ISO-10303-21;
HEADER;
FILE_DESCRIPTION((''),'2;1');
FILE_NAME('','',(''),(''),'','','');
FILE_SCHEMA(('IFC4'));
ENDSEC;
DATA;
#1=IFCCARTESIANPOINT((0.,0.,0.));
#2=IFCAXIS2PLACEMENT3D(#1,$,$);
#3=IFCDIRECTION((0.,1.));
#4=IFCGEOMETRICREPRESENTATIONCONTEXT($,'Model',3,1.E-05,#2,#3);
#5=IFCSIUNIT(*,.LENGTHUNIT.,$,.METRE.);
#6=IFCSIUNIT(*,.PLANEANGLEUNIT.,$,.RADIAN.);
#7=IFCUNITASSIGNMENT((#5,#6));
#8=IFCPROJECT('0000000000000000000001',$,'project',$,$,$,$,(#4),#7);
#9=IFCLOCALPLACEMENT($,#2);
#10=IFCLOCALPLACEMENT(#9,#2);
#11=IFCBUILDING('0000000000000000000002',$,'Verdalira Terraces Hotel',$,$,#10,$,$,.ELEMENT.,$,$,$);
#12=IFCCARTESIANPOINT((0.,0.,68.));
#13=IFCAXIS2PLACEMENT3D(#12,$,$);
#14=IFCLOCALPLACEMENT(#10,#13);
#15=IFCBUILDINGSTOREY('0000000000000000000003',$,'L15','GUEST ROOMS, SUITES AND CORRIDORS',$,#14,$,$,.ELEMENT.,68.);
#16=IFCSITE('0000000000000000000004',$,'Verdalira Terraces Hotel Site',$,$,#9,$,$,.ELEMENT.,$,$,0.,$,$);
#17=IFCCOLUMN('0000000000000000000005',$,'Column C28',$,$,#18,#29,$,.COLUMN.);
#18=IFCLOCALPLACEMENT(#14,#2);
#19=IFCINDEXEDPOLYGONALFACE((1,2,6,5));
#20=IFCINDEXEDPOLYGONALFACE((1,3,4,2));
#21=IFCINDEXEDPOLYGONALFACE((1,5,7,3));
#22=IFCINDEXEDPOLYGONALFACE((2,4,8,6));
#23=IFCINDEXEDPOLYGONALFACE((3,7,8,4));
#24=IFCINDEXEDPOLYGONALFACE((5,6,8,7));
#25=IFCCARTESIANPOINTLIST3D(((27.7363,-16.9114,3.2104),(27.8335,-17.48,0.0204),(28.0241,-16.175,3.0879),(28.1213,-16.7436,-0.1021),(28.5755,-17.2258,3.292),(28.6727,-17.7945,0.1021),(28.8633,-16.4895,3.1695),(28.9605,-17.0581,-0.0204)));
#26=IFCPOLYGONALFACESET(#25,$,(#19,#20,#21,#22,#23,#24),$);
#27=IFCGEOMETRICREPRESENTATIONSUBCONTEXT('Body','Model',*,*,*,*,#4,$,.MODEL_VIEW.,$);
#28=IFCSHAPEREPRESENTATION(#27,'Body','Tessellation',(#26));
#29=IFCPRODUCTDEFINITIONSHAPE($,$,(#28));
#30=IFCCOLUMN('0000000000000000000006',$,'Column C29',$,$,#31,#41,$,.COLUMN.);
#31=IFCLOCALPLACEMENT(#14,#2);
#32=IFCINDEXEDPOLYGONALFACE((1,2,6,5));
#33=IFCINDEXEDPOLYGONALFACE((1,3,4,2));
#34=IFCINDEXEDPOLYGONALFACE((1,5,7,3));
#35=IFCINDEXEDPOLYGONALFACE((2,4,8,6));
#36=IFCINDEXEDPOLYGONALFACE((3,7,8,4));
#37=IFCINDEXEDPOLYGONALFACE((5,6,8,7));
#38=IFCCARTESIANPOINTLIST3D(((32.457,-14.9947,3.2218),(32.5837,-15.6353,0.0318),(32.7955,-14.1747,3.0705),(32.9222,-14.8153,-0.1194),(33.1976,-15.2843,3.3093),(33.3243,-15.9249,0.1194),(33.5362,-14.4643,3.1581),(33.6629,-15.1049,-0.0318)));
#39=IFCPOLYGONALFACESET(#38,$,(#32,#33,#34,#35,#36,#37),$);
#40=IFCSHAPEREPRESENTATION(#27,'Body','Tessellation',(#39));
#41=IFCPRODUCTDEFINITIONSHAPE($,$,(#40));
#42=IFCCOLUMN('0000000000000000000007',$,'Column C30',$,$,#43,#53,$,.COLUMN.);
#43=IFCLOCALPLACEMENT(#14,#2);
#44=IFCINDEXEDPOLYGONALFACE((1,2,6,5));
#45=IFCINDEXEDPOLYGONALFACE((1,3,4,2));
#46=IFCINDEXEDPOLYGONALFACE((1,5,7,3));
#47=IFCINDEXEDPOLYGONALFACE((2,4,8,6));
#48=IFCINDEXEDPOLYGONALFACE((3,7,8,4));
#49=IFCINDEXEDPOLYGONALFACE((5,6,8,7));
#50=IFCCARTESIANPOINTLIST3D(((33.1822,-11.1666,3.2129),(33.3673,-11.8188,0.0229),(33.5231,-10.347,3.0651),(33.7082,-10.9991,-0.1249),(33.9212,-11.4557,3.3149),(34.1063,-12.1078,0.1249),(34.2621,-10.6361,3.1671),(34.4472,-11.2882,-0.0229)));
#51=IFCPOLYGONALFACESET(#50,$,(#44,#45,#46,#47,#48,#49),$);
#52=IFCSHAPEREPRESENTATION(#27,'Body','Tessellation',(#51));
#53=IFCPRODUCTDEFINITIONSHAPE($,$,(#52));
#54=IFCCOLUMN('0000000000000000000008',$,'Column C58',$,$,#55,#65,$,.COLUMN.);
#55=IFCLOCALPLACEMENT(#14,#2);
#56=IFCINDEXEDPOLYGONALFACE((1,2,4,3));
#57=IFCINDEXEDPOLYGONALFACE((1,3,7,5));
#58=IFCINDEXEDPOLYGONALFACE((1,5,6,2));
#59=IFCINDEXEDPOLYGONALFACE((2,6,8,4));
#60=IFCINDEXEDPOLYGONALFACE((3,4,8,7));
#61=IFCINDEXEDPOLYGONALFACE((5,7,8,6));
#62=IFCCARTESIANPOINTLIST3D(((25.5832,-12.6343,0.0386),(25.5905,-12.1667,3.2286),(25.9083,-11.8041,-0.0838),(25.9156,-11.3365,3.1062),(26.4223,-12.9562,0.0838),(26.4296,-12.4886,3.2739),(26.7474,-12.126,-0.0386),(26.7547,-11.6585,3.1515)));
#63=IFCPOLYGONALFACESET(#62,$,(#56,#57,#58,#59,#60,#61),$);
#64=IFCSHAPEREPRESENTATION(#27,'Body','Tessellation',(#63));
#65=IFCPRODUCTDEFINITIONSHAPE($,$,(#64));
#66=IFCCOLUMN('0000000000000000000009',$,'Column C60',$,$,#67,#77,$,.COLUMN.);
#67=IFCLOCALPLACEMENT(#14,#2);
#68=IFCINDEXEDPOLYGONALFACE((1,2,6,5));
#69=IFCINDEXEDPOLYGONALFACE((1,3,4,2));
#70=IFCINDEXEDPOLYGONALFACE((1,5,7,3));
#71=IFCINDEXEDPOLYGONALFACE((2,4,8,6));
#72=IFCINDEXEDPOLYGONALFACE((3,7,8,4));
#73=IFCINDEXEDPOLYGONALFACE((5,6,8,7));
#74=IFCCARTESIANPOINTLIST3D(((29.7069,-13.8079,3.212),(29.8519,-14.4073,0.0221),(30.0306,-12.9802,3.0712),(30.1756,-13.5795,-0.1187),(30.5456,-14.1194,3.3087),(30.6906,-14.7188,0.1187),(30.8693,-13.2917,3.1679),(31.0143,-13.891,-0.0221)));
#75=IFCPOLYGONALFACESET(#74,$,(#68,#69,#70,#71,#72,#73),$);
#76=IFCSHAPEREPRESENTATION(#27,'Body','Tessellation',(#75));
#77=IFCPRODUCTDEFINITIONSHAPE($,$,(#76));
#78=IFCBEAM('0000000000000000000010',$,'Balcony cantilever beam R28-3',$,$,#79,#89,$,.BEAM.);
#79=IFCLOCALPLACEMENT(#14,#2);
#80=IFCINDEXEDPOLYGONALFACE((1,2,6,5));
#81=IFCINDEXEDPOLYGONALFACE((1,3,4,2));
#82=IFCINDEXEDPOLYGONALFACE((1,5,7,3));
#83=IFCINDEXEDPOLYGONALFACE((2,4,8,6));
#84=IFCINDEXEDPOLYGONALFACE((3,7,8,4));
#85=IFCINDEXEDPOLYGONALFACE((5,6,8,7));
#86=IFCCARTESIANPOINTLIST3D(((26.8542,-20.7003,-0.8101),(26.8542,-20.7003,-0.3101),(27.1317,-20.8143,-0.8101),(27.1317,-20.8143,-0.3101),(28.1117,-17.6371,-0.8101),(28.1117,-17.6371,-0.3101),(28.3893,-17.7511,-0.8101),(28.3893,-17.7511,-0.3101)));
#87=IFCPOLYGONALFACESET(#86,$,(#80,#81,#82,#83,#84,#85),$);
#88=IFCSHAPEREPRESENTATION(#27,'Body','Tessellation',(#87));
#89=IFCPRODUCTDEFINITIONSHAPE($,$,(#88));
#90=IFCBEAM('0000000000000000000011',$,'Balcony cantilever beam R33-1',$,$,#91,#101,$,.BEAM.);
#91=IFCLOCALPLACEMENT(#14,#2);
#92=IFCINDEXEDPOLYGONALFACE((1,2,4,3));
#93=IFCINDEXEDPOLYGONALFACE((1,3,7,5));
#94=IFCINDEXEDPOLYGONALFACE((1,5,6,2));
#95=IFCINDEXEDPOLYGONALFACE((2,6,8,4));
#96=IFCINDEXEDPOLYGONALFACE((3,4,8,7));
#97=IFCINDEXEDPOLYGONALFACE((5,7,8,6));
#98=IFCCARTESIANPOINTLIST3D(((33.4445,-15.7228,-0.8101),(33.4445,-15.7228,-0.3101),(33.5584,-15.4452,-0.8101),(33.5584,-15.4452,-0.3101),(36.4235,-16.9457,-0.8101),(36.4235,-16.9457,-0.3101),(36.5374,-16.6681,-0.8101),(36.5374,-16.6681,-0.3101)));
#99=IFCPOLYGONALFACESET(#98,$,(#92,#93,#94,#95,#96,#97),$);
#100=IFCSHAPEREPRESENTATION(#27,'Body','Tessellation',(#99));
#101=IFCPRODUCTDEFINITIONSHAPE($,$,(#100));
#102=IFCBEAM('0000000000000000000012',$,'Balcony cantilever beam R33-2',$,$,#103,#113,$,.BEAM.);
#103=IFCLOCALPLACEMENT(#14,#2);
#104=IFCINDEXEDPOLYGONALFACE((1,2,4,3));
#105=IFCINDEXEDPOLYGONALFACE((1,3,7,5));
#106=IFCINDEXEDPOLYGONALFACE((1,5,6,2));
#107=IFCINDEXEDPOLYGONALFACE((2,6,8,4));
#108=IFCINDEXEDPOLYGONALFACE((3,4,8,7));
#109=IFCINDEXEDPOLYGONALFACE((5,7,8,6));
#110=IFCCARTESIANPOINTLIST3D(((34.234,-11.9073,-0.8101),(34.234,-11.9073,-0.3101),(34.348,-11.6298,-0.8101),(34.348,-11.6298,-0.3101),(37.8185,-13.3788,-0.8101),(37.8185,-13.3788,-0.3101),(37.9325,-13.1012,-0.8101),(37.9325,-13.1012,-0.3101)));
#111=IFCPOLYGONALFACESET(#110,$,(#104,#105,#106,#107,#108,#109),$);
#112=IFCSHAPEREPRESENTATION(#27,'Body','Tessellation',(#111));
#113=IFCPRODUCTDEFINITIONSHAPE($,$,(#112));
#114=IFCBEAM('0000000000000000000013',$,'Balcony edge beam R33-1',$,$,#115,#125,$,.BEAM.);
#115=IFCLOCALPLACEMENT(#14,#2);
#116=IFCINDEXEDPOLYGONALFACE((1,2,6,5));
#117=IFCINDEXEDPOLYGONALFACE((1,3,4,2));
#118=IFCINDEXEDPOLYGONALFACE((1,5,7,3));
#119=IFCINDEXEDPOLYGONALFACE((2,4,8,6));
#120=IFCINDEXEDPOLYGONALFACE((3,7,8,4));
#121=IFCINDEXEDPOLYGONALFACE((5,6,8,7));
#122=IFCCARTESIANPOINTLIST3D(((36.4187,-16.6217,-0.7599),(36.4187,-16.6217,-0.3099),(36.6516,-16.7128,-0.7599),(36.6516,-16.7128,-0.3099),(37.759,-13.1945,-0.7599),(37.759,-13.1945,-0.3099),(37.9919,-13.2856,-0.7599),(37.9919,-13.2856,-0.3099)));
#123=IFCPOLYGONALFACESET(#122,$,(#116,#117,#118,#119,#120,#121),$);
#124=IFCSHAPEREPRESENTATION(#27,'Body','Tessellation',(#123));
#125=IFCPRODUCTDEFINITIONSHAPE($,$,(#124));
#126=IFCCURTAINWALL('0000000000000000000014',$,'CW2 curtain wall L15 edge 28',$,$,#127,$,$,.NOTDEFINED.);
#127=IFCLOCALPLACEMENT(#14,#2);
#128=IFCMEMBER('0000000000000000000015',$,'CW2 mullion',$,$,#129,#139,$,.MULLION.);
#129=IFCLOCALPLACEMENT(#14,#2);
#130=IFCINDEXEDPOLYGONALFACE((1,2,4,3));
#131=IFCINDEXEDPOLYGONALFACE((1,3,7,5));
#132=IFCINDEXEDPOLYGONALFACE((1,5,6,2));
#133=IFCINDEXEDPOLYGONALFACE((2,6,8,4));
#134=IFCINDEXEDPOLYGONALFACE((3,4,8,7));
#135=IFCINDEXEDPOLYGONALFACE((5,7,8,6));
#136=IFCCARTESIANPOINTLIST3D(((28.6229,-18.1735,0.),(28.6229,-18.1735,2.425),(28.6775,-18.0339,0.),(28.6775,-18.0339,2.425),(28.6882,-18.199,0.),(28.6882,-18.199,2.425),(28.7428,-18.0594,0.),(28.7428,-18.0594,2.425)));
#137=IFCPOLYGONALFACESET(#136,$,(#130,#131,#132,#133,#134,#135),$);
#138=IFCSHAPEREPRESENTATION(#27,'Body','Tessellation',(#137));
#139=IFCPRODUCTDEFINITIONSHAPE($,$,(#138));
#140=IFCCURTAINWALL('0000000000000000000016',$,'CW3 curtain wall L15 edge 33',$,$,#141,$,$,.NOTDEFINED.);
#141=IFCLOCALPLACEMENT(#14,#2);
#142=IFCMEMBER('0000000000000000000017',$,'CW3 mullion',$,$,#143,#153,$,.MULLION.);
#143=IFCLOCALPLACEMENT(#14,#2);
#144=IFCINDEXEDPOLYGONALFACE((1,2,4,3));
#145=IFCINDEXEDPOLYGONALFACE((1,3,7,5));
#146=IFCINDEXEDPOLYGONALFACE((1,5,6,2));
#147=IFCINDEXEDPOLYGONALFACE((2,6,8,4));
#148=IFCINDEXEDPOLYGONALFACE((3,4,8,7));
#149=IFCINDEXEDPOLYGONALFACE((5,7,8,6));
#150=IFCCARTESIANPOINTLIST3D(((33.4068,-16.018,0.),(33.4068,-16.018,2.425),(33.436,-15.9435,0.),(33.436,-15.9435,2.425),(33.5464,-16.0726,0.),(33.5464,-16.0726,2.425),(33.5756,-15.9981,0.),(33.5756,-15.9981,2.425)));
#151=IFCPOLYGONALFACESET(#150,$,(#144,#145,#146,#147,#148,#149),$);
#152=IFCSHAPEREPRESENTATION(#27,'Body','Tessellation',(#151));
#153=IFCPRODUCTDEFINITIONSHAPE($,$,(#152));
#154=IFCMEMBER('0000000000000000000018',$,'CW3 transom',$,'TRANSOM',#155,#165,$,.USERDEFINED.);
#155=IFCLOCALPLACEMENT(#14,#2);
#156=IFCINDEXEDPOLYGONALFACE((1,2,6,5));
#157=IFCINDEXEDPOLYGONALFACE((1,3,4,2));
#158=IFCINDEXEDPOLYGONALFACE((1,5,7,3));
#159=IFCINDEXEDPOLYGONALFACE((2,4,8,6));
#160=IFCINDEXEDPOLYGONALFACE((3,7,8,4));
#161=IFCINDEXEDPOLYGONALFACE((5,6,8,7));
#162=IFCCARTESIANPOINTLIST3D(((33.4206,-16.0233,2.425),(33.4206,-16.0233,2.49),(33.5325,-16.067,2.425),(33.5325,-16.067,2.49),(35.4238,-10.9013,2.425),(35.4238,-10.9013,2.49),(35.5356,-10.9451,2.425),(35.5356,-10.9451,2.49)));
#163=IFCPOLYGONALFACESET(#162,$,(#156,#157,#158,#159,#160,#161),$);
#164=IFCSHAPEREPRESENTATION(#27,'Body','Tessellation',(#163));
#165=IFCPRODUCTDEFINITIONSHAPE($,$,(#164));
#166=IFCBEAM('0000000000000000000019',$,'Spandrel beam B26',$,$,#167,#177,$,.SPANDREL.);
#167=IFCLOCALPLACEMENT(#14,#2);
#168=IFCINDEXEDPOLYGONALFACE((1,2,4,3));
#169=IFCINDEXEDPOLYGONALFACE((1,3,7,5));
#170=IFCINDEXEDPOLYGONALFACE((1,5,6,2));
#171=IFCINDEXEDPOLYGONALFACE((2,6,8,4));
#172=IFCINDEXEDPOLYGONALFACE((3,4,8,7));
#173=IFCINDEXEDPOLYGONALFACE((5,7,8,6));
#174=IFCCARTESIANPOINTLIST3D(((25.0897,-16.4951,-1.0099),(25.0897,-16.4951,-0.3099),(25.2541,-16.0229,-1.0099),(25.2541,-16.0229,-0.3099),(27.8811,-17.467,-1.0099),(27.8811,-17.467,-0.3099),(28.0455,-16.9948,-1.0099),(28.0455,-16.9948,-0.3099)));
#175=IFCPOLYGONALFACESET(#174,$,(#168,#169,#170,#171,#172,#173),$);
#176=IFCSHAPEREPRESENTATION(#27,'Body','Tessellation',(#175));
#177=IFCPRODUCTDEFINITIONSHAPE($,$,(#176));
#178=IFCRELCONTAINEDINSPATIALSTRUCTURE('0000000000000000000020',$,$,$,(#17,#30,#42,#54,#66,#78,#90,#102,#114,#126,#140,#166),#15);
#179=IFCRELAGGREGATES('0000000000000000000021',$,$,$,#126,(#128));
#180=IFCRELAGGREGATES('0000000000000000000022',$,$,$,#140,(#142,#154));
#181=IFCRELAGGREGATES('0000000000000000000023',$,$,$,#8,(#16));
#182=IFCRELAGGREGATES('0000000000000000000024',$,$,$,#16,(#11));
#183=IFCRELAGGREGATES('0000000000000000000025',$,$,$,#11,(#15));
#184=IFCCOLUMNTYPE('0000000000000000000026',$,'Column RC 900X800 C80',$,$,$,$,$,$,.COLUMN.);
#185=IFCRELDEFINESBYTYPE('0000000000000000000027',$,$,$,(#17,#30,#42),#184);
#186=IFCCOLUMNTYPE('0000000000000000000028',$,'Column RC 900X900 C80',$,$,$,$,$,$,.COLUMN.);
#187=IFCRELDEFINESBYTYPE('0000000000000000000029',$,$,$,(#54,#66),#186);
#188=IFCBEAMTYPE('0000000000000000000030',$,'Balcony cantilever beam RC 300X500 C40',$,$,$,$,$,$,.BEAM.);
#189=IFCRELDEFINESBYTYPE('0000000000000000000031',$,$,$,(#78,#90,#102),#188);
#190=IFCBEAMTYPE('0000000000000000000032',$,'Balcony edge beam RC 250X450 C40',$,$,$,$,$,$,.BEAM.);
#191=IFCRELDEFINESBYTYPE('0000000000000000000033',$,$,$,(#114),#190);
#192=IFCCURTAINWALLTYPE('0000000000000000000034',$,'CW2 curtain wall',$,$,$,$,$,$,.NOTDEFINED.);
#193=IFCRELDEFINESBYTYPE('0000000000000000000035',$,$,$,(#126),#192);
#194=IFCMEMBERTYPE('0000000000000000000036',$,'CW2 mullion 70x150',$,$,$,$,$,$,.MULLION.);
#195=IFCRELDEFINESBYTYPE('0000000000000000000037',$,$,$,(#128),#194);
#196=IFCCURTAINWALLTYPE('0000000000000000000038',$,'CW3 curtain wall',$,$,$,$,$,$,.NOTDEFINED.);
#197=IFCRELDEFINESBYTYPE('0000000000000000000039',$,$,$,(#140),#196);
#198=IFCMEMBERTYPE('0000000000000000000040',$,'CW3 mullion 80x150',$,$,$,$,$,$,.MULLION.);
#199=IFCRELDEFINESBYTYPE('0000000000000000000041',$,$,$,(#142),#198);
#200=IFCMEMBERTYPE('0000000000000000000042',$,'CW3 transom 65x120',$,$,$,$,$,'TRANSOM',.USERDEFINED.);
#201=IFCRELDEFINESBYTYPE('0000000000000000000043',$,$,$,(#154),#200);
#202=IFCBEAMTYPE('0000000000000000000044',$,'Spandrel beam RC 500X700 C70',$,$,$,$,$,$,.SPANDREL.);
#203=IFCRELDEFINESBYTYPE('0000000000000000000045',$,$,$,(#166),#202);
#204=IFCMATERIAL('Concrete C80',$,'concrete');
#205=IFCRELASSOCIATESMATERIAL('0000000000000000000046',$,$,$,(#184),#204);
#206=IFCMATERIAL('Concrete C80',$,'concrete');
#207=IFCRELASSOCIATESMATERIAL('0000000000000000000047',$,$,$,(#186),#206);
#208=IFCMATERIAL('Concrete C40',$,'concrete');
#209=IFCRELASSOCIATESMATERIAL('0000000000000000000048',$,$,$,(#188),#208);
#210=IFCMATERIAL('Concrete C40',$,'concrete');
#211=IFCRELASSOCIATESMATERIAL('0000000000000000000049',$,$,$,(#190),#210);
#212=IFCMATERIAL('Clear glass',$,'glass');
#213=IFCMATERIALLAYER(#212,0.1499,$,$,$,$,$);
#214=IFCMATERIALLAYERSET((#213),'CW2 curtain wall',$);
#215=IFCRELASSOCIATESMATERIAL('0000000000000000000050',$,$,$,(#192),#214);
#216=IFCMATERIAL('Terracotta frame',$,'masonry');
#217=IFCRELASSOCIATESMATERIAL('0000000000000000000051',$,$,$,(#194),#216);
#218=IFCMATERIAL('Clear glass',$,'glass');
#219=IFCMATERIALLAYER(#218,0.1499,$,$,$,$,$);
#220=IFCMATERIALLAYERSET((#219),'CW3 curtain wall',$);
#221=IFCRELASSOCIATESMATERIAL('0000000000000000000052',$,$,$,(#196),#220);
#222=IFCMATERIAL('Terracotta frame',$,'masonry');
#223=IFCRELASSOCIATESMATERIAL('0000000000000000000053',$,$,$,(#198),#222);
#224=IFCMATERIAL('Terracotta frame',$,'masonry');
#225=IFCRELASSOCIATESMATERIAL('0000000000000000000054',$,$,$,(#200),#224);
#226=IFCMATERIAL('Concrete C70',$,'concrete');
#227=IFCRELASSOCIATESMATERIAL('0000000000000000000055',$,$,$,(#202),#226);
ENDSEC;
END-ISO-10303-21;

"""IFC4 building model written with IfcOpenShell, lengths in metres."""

from ifc_helpers import new_model, si_unit, direction, frame, origin, origin_2d, place, context, subcontext, project, spatial, rectangle, extrude, material, layer, layer_set, material_profile, profile_set, type_object, element, aggregate, save


model = new_model("IFC4")

# Units and contexts
model_context = context("Model", 3, precision=1e-05, world=origin(), true_north=direction((0.0, 1.0)))
body_context = subcontext(model_context, "Body", "Model", "MODEL_VIEW")
ifc_project = project(units=[si_unit("LENGTHUNIT", "METRE"), si_unit("PLANEANGLEUNIT", "RADIAN")], contexts=[model_context])

# Site, building, storey
site_placement = place(None, origin())
site = spatial("IfcSite", under=ifc_project, at=site_placement, Name="Verdalira Terraces Hotel Site", CompositionType="ELEMENT", RefElevation=0.0)
building_placement = place(site_placement, origin())
building = spatial("IfcBuilding", under=site, at=building_placement, Name="Verdalira Terraces Hotel", CompositionType="ELEMENT")
storey_placement = place(building_placement, frame((0.0, 0.0, 68.0)))
storey = spatial("IfcBuildingStorey", under=building, at=storey_placement, Name="L15", Description="GUEST ROOMS, SUITES AND CORRIDORS", CompositionType="ELEMENT", Elevation=68.0)

# Columns
ifc_material_1 = material(Name="Concrete C80", Category="concrete")
ifc_material_profile_1 = material_profile(ifc_material_1, rectangle(XDim=0.8999, YDim=0.8, at=origin_2d()), Name="RC 900X800")
ifc_profile_set_1 = profile_set([ifc_material_profile_1], Name="Concrete C80")
column_type_1 = type_object("IfcColumnType", Name="Column RC 900X800 C80", PredefinedType="COLUMN", material=ifc_profile_set_1)
column_1_placement = place(storey_placement, frame((28.397, -17.269, 0.0), z_axis=(-0.029975, 0.175404, 0.98404), x_axis=(0.932561, -0.349435, 0.090693)))
element("IfcColumn", 1, at=column_1_placement, inside=storey, type_object=column_type_1, Name="Column C28", PredefinedType="COLUMN", context=body_context, shape_type="SweptSolid", body=[
    extrude(rectangle(XDim=0.8999, YDim=0.8, at=origin_2d()), origin(), (0.0, 0.0, 1.0), 3.2417),
])
column_2_placement = place(storey_placement, frame((33.1233, -15.3701, 0.0), z_axis=(-0.038914, 0.196746, 0.979682), x_axis=(0.376182, 0.911179, -0.168046)))
element("IfcColumn", 2, at=column_2_placement, inside=storey, type_object=column_type_1, Name="Column C29", PredefinedType="COLUMN", context=body_context, shape_type="SweptSolid", body=[
    extrude(rectangle(XDim=0.8999, YDim=0.8, at=origin_2d()), origin(), (0.0, 0.0, 1.0), 3.2561),
])
column_3_placement = place(storey_placement, frame((33.9072, -11.5535, 0.0), z_axis=(-0.056746, 0.199959, 0.97816), x_axis=(0.378857, 0.910771, -0.164205)))
element("IfcColumn", 3, at=column_3_placement, inside=storey, type_object=column_type_1, Name="Column C30", PredefinedType="COLUMN", context=body_context, shape_type="SweptSolid", body=[
    extrude(rectangle(XDim=0.8999, YDim=0.8, at=origin_2d()), origin(), (0.0, 0.0, 1.0), 3.2612),
])
ifc_material_2 = material(Name="Concrete C80", Category="concrete")
ifc_material_profile_2 = material_profile(ifc_material_2, rectangle(XDim=0.8999, YDim=0.8999, at=origin_2d()), Name="RC 900X900")
ifc_profile_set_2 = profile_set([ifc_material_profile_2], Name="Concrete C80")
column_type_2 = type_object("IfcColumnType", Name="Column RC 900X900 C80", PredefinedType="COLUMN", material=ifc_profile_set_2)
column_4_placement = place(storey_placement, frame((26.1653, -12.3801, 0.0), z_axis=(0.002272, 0.145014, 0.989427), x_axis=(0.932475, -0.357718, 0.050287)))
element("IfcColumn", 4, at=column_4_placement, inside=storey, type_object=column_type_2, Name="Column C58", PredefinedType="COLUMN", context=body_context, shape_type="SweptSolid", body=[
    extrude(rectangle(XDim=0.8999, YDim=0.8999, at=origin_2d()), origin(), (0.0, 0.0, 1.0), 3.2241),
])
column_5_placement = place(storey_placement, frame((30.4331, -14.1492, 0.0), z_axis=(-0.044635, 0.184477, 0.981823), x_axis=(0.932007, -0.346157, 0.107411)))
element("IfcColumn", 5, at=column_5_placement, inside=storey, type_object=column_type_2, Name="Column C60", PredefinedType="COLUMN", context=body_context, shape_type="SweptSolid", body=[
    extrude(rectangle(XDim=0.8999, YDim=0.8999, at=origin_2d()), origin(), (0.0, 0.0, 1.0), 3.249),
])

# Beams
ifc_material_3 = material(Name="Concrete C40", Category="concrete")
ifc_material_profile_3 = material_profile(ifc_material_3, rectangle(XDim=0.3, YDim=0.5, at=origin_2d()), Name="RC 300X500")
ifc_profile_set_3 = profile_set([ifc_material_profile_3], Name="Concrete C40")
beam_type_1 = type_object("IfcBeamType", Name="Balcony cantilever beam RC 300X500 C40", PredefinedType="BEAM", material=ifc_profile_set_3)
beam_1_placement = place(storey_placement, frame((28.2505, -17.6941, -0.5601), z_axis=(-0.379778, -0.925078, 0.0), x_axis=(0.925078, -0.379778, 0.0)))
element("IfcBeam", 6, at=beam_1_placement, inside=storey, type_object=beam_type_1, Name="Balcony cantilever beam R28-3", PredefinedType="BEAM", context=body_context, shape_type="SweptSolid", body=[
    extrude(rectangle(XDim=0.3, YDim=0.5, at=origin_2d()), origin(), (0.0, 0.0, 1.0), 3.3113),
])
beam_2_placement = place(storey_placement, frame((33.5015, -15.584, -0.5601), z_axis=(0.925087, -0.379754, 0.0), x_axis=(0.379754, 0.925087, 0.0)))
element("IfcBeam", 7, at=beam_2_placement, inside=storey, type_object=beam_type_1, Name="Balcony cantilever beam R33-1", PredefinedType="BEAM", context=body_context, shape_type="SweptSolid", body=[
    extrude(rectangle(XDim=0.3, YDim=0.5, at=origin_2d()), origin(), (0.0, 0.0, 1.0), 3.2202),
])
beam_3_placement = place(storey_placement, frame((34.291, -11.7686, -0.5601), z_axis=(0.925089, -0.379751, 0.0), x_axis=(0.379751, 0.925089, 0.0)))
element("IfcBeam", 8, at=beam_3_placement, inside=storey, type_object=beam_type_1, Name="Balcony cantilever beam R33-2", PredefinedType="BEAM", context=body_context, shape_type="SweptSolid", body=[
    extrude(rectangle(XDim=0.3, YDim=0.5, at=origin_2d()), origin(), (0.0, 0.0, 1.0), 3.8748),
])
ifc_material_4 = material(Name="Concrete C40", Category="concrete")
ifc_material_profile_4 = material_profile(ifc_material_4, rectangle(XDim=0.25, YDim=0.45, at=origin_2d()), Name="RC 250X450")
ifc_profile_set_4 = profile_set([ifc_material_profile_4], Name="Concrete C40")
beam_type_2 = type_object("IfcBeamType", Name="Balcony edge beam RC 250X450 C40", PredefinedType="BEAM", material=ifc_profile_set_4)
beam_4_placement = place(storey_placement, frame((36.5352, -16.6672, -0.5349), z_axis=(0.364219, 0.931313, 0.0), x_axis=(-0.931313, 0.364219, 0.0)))
element("IfcBeam", 9, at=beam_4_placement, inside=storey, type_object=beam_type_2, Name="Balcony edge beam R33-1", PredefinedType="BEAM", context=body_context, shape_type="SweptSolid", body=[
    extrude(rectangle(XDim=0.25, YDim=0.45, at=origin_2d()), origin(), (0.0, 0.0, 1.0), 3.6799),
])

# Curtain wall, member
ifc_material_5 = material(Name="Clear glass", Category="glass")
ifc_layer_1 = layer(ifc_material_5, 0.1499)
ifc_layer_set_1 = layer_set([ifc_layer_1], Name="CW2 curtain wall")
curtain_wall_type_1 = type_object("IfcCurtainWallType", Name="CW2 curtain wall", PredefinedType="NOTDEFINED", material=ifc_layer_set_1)
curtain_wall_1_placement = place(storey_placement, origin())
curtain_wall_1 = element("IfcCurtainWall", 10, at=curtain_wall_1_placement, inside=storey, type_object=curtain_wall_type_1, Name="CW2 curtain wall L15 edge 28", PredefinedType="NOTDEFINED")
ifc_material_6 = material(Name="Terracotta frame", Category="masonry")
ifc_material_profile_5 = material_profile(ifc_material_6, rectangle(XDim=0.0701, YDim=0.1499, at=origin_2d()), Name="MU 70x150")
ifc_profile_set_5 = profile_set([ifc_material_profile_5], Name="Terracotta frame")
member_type_1 = type_object("IfcMemberType", Name="CW2 mullion 70x150", PredefinedType="MULLION", material=ifc_profile_set_5)
member_1_placement = place(storey_placement, frame((28.6829, -18.1165, 0.0), z_axis=(0.0, 0.0, 1.0), x_axis=(0.93131, -0.364227, 0.0)))
member_1 = element("IfcMember", 11, at=member_1_placement, type_object=member_type_1, Name="CW2 mullion", PredefinedType="MULLION", context=body_context, shape_type="SweptSolid", body=[
    extrude(rectangle(XDim=0.0701, YDim=0.1499, at=origin_2d()), origin(), (0.0, 0.0, 1.0), 2.425),
])
aggregate(curtain_wall_1, [member_1])

# Curtain wall, members
ifc_material_7 = material(Name="Clear glass", Category="glass")
ifc_layer_2 = layer(ifc_material_7, 0.1499)
ifc_layer_set_2 = layer_set([ifc_layer_2], Name="CW3 curtain wall")
curtain_wall_type_2 = type_object("IfcCurtainWallType", Name="CW3 curtain wall", PredefinedType="NOTDEFINED", material=ifc_layer_set_2)
curtain_wall_2_placement = place(storey_placement, origin())
curtain_wall_2 = element("IfcCurtainWall", 12, at=curtain_wall_2_placement, inside=storey, type_object=curtain_wall_type_2, Name="CW3 curtain wall L15 edge 33", PredefinedType="NOTDEFINED")
ifc_material_8 = material(Name="Terracotta frame", Category="masonry")
ifc_material_profile_6 = material_profile(ifc_material_8, rectangle(XDim=0.0801, YDim=0.1499, at=origin_2d()), Name="MU 80x150")
ifc_profile_set_6 = profile_set([ifc_material_profile_6], Name="Terracotta frame")
member_type_2 = type_object("IfcMemberType", Name="CW3 mullion 80x150", PredefinedType="MULLION", material=ifc_profile_set_6)
member_2_placement = place(storey_placement, frame((33.4912, -16.0081, 0.0), z_axis=(0.0, 0.0, 1.0), x_axis=(0.364227, 0.93131, 0.0)))
member_2 = element("IfcMember", 13, at=member_2_placement, type_object=member_type_2, Name="CW3 mullion", PredefinedType="MULLION", context=body_context, shape_type="SweptSolid", body=[
    extrude(rectangle(XDim=0.0801, YDim=0.1499, at=origin_2d()), origin(), (0.0, 0.0, 1.0), 2.425),
])
ifc_material_9 = material(Name="Terracotta frame", Category="masonry")
ifc_material_profile_7 = material_profile(ifc_material_9, rectangle(XDim=0.1201, YDim=0.0649, at=origin_2d()), Name="TR 65x120")
ifc_profile_set_7 = profile_set([ifc_material_profile_7], Name="Terracotta frame")
member_type_3 = type_object("IfcMemberType", Name="CW3 transom 65x120", ElementType="TRANSOM", PredefinedType="USERDEFINED", material=ifc_profile_set_7)
member_3_placement = place(storey_placement, frame((33.4766, -16.0452, 2.4575), z_axis=(0.364224, 0.931312, 0.0), x_axis=(-0.931312, 0.364224, 0.0)))
member_3 = element("IfcMember", 14, at=member_3_placement, type_object=member_type_3, Name="CW3 transom", ObjectType="TRANSOM", PredefinedType="USERDEFINED", context=body_context, shape_type="SweptSolid", body=[
    extrude(rectangle(XDim=0.1201, YDim=0.0649, at=origin_2d()), origin(), (0.0, 0.0, 1.0), 5.4998),
])

# Beam
ifc_material_10 = material(Name="Concrete C70", Category="concrete")
ifc_material_profile_8 = material_profile(ifc_material_10, rectangle(XDim=0.5, YDim=0.7, at=origin_2d()), Name="RC 500X700")
ifc_profile_set_8 = profile_set([ifc_material_profile_8], Name="Concrete C70")
beam_type_3 = type_object("IfcBeamType", Name="Spandrel beam RC 500X700 C70", PredefinedType="SPANDREL", material=ifc_profile_set_8)
beam_5_placement = place(storey_placement, frame((25.1719, -16.259, -0.6599), z_axis=(0.944395, -0.328812, 0.0), x_axis=(0.328812, 0.944395, 0.0)))
element("IfcBeam", 15, at=beam_5_placement, inside=storey, type_object=beam_type_3, Name="Spandrel beam B26", PredefinedType="SPANDREL", context=body_context, shape_type="SweptSolid", body=[
    extrude(rectangle(XDim=0.5, YDim=0.7, at=origin_2d()), origin(), (0.0, 0.0, 1.0), 2.9558),
])

aggregate(curtain_wall_2, [member_2, member_3])

save(model, "model.ifc")
